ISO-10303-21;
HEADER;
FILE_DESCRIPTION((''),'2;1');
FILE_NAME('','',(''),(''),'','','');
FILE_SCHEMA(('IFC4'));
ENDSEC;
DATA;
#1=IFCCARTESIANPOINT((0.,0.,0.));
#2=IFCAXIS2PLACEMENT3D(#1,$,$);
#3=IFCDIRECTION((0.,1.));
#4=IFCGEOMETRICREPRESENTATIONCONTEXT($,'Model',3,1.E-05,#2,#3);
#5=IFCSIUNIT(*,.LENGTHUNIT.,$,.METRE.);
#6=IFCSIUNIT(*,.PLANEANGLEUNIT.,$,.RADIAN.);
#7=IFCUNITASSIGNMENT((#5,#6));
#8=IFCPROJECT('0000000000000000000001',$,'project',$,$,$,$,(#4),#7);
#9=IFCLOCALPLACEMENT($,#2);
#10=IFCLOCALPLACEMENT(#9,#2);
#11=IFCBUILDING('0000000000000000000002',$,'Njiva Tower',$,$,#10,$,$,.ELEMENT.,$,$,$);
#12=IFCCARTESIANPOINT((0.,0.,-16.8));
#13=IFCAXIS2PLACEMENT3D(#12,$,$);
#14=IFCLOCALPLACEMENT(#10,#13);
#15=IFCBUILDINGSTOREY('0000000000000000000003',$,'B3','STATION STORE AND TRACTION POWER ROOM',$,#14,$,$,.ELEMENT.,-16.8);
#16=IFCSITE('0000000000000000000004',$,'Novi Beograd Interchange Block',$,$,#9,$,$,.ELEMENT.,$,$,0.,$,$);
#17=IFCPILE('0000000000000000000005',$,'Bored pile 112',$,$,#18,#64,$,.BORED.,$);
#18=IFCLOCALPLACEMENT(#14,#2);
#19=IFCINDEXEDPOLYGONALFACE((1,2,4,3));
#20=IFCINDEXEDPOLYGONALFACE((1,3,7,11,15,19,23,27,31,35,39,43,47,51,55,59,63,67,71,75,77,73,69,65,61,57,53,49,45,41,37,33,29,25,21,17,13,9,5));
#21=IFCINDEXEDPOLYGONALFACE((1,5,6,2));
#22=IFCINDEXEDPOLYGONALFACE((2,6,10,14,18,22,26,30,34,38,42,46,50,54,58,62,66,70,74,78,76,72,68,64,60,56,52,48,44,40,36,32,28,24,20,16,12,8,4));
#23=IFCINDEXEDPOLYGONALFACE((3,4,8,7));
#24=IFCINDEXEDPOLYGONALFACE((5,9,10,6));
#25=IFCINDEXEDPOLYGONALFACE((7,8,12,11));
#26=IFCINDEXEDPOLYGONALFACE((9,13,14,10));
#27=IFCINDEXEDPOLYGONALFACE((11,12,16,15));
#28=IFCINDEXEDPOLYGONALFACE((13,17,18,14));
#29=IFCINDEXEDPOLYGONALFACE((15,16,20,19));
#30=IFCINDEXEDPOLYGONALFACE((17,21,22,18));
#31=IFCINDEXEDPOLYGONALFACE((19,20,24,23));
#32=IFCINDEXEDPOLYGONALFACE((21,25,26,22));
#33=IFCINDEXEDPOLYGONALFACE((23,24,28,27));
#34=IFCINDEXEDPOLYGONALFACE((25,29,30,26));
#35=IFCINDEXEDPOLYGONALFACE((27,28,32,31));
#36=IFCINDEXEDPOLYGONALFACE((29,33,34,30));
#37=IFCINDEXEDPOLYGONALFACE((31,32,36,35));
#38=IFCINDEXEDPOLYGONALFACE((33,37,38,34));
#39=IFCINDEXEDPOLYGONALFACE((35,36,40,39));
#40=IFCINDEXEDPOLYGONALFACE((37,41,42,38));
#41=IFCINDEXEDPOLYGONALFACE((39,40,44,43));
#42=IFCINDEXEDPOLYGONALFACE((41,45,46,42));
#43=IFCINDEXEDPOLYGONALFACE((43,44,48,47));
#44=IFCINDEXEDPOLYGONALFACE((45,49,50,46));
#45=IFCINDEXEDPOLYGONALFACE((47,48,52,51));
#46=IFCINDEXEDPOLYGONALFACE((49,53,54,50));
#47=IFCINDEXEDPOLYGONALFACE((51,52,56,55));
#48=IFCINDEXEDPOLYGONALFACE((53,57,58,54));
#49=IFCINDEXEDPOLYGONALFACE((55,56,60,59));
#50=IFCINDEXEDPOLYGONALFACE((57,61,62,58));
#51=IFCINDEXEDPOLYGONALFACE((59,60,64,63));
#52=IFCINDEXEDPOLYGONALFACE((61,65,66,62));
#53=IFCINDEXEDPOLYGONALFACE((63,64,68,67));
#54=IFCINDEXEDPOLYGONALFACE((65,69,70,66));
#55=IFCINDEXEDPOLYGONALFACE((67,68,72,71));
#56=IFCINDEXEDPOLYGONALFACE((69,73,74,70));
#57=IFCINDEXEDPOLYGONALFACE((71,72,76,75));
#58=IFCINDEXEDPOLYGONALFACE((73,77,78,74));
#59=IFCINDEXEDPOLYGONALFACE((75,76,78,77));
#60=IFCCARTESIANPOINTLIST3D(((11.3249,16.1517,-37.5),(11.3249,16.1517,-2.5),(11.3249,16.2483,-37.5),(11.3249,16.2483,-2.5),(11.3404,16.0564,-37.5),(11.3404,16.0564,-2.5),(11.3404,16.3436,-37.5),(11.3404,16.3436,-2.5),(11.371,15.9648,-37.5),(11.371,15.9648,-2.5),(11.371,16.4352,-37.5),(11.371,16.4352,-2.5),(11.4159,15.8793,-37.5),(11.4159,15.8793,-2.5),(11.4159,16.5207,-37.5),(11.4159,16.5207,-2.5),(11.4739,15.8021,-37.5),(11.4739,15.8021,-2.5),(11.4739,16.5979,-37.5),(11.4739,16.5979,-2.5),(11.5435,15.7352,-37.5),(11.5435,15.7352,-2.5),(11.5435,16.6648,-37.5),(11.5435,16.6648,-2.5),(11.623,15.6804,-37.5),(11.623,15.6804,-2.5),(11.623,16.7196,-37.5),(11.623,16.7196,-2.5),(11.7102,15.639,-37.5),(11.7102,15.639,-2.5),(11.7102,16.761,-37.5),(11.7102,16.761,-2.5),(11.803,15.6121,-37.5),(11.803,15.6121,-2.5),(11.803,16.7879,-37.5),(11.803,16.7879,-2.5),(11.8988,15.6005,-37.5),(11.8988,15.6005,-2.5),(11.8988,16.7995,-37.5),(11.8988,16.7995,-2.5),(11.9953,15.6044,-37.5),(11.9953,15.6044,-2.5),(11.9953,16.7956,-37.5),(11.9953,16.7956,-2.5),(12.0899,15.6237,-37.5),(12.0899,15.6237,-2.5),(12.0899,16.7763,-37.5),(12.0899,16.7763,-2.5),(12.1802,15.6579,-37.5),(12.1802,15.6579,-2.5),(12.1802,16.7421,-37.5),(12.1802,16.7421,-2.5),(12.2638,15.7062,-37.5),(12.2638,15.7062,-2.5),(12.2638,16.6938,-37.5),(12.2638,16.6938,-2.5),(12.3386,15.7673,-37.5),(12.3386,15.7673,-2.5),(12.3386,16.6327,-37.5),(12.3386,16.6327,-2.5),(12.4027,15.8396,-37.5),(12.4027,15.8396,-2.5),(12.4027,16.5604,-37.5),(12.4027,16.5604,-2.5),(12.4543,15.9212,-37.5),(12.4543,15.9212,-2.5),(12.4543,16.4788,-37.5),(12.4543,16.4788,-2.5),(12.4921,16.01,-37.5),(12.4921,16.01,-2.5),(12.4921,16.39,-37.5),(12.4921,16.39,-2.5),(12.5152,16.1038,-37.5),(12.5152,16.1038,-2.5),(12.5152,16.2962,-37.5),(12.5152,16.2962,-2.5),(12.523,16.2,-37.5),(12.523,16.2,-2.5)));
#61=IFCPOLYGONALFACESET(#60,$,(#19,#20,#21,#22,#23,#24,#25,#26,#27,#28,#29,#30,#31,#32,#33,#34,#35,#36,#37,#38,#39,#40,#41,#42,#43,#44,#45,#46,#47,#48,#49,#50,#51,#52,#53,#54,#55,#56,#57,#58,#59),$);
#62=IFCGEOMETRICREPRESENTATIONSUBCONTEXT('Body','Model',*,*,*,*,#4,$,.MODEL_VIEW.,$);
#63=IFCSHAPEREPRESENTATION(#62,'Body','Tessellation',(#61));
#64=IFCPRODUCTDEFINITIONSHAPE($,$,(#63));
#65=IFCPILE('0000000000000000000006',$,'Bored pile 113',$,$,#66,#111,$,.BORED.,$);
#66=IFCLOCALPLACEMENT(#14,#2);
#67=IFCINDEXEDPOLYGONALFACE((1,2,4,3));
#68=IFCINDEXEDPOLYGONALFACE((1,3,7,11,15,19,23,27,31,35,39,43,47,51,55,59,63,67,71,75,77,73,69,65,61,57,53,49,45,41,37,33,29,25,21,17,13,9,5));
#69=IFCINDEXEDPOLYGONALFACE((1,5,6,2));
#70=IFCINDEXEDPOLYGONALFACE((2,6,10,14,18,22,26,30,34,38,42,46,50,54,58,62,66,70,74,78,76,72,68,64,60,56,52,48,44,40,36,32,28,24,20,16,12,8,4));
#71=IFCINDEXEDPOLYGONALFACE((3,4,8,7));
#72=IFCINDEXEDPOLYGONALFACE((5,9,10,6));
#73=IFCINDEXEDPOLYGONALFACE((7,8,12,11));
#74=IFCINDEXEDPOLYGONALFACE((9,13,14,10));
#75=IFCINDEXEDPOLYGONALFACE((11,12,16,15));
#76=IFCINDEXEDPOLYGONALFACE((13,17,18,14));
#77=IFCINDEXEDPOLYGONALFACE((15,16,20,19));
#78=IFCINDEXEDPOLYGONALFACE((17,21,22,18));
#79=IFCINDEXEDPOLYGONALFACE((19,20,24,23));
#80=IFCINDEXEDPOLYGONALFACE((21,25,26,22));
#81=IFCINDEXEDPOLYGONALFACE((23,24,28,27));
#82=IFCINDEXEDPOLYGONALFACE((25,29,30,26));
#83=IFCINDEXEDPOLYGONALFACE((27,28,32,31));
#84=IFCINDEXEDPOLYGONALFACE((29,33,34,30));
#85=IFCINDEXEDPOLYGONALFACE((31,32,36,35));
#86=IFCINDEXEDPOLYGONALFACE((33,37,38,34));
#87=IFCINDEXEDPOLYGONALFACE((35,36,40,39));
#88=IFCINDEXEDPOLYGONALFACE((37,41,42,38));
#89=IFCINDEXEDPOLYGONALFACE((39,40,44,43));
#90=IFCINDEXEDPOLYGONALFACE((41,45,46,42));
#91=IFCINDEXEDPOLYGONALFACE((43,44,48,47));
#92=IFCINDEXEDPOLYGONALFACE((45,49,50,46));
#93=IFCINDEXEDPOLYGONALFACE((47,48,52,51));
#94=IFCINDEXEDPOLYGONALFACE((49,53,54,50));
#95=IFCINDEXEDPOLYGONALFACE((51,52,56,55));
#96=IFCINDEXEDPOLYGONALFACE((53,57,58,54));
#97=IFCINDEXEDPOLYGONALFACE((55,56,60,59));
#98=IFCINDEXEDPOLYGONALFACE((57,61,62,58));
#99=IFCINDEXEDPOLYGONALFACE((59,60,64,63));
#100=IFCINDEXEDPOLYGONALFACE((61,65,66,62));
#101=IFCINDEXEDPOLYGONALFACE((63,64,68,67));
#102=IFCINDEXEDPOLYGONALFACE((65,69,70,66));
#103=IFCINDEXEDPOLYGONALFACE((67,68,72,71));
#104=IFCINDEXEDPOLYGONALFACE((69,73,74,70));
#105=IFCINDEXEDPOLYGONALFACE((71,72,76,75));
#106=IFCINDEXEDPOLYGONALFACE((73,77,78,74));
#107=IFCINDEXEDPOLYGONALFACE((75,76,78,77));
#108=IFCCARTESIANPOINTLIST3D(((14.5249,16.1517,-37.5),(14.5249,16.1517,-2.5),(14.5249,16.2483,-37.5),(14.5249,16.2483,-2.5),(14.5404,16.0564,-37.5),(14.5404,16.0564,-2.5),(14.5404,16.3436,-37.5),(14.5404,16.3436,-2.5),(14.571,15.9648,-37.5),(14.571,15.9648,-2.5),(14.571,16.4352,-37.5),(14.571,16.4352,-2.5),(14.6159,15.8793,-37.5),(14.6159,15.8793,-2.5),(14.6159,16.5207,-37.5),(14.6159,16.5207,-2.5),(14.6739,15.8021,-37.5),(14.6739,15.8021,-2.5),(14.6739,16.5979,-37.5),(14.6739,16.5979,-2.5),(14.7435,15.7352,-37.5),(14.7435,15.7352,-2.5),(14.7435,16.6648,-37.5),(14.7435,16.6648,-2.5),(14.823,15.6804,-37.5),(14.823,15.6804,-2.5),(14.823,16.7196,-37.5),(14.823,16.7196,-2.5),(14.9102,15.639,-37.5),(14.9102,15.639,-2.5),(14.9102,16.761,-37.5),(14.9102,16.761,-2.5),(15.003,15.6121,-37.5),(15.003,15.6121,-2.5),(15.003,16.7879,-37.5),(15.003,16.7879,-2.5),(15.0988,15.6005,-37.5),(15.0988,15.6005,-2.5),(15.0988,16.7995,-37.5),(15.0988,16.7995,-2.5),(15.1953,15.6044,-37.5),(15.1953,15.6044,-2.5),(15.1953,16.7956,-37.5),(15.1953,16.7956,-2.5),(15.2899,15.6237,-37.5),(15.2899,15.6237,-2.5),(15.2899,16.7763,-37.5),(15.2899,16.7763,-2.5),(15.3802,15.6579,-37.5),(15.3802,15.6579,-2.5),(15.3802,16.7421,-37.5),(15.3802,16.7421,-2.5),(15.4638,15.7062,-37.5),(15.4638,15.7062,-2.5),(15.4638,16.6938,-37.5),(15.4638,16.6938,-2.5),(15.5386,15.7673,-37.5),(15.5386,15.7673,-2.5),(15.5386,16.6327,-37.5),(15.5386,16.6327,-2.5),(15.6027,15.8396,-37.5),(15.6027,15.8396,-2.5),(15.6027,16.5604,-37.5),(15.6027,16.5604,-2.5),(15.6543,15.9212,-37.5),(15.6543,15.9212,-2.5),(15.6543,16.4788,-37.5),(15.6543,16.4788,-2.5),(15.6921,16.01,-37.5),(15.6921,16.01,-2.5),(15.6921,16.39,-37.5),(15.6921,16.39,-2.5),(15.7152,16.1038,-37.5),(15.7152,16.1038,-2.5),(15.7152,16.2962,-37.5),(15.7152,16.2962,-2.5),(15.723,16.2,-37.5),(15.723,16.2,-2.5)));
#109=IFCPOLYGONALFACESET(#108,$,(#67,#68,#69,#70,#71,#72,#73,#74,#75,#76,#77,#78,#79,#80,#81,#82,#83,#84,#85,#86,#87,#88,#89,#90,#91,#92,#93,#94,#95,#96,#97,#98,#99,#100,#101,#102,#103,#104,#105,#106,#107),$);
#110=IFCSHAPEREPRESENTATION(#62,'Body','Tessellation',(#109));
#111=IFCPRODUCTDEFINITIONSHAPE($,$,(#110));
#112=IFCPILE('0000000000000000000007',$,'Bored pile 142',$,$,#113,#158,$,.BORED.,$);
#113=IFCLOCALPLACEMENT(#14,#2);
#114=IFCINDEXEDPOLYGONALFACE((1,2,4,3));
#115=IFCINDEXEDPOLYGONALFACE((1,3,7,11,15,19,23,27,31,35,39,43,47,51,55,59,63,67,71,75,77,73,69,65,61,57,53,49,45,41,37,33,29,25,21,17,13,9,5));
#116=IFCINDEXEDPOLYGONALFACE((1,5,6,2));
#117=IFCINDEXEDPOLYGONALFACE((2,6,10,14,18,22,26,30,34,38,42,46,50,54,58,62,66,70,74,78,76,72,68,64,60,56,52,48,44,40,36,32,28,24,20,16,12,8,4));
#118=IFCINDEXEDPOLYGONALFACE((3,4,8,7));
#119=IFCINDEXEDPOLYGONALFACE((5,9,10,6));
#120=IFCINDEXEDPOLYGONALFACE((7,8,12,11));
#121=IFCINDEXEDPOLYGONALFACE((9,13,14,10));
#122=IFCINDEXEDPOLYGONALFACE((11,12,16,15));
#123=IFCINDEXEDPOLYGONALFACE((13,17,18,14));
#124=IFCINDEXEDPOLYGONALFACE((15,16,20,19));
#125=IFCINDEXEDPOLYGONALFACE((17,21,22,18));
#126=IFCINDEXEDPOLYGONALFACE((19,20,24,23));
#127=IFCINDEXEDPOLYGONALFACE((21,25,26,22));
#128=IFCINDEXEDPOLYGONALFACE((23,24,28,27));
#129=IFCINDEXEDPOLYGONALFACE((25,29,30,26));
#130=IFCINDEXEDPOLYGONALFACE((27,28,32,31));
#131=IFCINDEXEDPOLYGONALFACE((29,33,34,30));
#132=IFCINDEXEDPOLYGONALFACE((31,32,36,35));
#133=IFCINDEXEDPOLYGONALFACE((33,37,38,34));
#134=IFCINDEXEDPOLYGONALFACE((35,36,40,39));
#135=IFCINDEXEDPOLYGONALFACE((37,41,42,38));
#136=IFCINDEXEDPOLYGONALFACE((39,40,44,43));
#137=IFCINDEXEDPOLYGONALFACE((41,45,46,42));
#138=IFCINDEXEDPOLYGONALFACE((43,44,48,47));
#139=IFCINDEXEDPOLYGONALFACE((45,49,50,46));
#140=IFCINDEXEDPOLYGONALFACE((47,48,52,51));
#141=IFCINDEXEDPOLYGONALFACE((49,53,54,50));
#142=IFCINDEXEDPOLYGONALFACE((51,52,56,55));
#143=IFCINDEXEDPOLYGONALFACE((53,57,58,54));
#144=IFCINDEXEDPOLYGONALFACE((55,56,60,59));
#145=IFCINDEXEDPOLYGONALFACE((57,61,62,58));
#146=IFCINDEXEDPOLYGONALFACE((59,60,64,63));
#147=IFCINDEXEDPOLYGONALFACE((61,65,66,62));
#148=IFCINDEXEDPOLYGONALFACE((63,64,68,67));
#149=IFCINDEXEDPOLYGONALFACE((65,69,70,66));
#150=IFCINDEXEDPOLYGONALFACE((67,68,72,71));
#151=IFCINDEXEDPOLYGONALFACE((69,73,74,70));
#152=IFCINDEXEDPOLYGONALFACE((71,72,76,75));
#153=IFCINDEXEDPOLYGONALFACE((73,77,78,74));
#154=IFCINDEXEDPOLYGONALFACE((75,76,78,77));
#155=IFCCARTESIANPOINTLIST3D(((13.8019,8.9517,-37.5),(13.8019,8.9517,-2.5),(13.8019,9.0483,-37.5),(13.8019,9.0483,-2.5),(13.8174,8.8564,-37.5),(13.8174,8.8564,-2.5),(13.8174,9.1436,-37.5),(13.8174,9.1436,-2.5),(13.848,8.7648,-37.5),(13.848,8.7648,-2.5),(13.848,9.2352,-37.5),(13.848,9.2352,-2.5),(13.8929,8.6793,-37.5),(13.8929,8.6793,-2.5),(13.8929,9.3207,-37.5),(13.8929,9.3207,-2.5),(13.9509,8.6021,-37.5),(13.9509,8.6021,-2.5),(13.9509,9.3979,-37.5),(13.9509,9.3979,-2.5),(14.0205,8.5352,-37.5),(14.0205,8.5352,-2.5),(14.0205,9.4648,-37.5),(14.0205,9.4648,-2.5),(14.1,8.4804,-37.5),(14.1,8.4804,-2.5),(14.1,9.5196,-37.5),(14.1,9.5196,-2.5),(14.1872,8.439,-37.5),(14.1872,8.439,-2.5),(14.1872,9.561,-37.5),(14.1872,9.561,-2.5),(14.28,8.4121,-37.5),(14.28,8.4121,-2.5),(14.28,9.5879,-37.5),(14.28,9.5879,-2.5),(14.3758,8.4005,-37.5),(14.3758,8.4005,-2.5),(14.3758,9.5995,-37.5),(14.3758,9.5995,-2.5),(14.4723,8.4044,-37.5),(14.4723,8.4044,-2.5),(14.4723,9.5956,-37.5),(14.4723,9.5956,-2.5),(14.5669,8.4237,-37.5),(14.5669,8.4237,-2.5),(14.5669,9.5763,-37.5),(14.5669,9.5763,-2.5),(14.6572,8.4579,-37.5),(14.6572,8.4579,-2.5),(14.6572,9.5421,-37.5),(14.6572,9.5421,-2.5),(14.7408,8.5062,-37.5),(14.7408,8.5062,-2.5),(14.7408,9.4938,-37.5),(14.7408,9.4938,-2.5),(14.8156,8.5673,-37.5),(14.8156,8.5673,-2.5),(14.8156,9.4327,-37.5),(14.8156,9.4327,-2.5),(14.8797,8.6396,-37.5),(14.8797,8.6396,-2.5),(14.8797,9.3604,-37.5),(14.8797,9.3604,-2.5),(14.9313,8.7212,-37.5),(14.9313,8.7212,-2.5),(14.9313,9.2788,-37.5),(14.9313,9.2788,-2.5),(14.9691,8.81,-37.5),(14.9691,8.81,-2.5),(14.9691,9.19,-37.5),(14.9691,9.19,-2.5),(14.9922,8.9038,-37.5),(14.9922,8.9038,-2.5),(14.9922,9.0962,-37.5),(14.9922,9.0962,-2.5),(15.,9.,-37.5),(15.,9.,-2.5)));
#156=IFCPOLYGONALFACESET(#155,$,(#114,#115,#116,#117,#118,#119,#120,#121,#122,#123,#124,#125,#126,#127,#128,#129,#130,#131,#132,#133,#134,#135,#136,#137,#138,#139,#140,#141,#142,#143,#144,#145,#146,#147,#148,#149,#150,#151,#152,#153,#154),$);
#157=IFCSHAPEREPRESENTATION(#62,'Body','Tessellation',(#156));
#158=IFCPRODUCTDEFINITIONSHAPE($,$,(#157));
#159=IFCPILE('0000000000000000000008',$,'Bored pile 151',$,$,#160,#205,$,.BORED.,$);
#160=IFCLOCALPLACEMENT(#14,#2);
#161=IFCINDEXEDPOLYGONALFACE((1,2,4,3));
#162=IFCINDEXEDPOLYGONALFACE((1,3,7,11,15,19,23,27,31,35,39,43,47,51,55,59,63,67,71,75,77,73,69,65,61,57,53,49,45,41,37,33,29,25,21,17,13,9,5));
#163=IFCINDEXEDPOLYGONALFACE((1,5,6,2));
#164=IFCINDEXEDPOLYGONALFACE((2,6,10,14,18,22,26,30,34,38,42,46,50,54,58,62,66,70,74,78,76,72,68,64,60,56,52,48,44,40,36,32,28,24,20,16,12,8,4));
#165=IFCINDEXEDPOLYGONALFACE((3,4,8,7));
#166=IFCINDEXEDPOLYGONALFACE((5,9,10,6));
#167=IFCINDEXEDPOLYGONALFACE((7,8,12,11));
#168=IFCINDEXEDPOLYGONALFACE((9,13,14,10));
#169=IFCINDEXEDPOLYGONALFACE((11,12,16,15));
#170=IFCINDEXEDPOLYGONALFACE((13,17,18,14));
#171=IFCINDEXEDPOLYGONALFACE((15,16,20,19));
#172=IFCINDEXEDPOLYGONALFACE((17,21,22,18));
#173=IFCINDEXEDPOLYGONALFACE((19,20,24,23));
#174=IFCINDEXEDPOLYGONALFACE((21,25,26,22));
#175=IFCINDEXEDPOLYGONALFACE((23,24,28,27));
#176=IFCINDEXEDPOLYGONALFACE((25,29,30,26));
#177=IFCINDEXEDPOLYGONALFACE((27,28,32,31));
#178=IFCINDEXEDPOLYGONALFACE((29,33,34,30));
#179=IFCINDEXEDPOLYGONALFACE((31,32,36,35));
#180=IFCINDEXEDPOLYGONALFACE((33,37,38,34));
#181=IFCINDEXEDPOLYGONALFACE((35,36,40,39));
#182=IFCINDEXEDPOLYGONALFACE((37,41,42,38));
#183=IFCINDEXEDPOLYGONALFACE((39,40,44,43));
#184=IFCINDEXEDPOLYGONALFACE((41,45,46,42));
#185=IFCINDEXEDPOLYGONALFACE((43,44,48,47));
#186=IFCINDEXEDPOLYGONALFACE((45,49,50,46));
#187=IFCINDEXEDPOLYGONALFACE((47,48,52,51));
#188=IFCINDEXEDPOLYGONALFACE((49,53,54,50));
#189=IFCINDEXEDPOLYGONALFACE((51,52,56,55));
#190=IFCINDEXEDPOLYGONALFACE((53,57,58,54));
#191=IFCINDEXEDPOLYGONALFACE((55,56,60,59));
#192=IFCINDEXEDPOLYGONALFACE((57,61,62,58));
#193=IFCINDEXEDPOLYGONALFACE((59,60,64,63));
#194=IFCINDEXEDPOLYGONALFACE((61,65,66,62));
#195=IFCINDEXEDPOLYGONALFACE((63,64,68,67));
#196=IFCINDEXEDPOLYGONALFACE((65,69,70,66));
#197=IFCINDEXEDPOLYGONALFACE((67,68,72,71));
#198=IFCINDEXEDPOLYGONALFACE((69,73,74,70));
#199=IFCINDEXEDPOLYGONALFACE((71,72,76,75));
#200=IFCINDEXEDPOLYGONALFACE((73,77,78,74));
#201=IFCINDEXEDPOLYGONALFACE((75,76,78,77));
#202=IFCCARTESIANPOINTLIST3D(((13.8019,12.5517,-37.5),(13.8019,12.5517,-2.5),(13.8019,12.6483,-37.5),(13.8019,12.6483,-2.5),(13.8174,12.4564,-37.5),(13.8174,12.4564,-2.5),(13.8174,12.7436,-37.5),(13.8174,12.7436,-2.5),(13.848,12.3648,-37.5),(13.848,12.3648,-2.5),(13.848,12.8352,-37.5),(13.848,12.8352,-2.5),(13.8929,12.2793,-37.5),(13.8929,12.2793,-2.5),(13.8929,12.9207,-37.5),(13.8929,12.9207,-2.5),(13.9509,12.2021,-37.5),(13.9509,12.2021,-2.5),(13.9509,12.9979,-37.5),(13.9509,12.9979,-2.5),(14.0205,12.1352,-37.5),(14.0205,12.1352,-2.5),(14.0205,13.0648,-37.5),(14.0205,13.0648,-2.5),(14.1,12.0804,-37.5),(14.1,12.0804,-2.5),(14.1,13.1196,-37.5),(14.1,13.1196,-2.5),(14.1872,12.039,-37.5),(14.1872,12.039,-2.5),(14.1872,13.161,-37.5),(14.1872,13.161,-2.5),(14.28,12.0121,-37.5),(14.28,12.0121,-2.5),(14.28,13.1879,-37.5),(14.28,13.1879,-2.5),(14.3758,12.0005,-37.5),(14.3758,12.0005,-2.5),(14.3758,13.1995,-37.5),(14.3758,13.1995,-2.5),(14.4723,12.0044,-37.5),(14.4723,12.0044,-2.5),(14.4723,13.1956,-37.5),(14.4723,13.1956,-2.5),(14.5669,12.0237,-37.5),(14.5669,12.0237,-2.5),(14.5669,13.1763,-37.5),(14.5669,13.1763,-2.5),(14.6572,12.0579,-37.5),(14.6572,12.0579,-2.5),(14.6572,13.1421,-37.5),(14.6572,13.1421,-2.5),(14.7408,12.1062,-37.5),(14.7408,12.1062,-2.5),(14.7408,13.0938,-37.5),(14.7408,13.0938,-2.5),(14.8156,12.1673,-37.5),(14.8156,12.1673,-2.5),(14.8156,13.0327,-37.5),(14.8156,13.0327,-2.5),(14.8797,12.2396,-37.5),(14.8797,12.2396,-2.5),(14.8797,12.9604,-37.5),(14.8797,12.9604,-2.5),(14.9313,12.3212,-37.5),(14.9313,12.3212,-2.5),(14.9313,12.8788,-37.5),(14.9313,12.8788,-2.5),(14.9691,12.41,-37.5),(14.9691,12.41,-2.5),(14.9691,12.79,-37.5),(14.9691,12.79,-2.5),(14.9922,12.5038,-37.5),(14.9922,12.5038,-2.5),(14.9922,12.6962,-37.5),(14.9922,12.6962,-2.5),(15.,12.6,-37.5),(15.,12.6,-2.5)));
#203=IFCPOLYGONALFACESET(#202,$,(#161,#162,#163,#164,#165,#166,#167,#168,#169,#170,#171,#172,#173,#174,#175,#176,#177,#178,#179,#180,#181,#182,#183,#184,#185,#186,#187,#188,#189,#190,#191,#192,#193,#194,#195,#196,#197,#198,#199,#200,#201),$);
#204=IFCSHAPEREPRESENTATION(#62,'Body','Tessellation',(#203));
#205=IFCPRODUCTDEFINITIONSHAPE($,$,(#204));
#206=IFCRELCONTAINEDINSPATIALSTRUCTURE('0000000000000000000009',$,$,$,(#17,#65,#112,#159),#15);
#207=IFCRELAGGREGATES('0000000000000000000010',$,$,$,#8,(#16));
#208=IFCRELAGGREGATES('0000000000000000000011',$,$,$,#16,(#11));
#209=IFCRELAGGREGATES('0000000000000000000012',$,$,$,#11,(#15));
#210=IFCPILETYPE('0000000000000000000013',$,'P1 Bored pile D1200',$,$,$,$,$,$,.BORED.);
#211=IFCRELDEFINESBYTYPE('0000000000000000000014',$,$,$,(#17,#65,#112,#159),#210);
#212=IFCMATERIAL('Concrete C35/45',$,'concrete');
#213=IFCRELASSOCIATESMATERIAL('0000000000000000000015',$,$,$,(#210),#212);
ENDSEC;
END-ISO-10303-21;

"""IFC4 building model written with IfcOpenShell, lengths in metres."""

from ifc_helpers import new_model, si_unit, direction, frame, origin, origin_2d, place, context, subcontext, project, spatial, circle, extrude, material, material_profile, profile_set, type_object, element, save


model = new_model("IFC4")

# Units and contexts
model_context = context("Model", 3, precision=1e-05, world=origin(), true_north=direction((0.0, 1.0)))
body_context = subcontext(model_context, "Body", "Model", "MODEL_VIEW")
ifc_project = project(units=[si_unit("LENGTHUNIT", "METRE"), si_unit("PLANEANGLEUNIT", "RADIAN")], contexts=[model_context])

# Site, building, storey
site_placement = place(None, origin())
site = spatial("IfcSite", under=ifc_project, at=site_placement, Name="Novi Beograd Interchange Block", CompositionType="ELEMENT", RefElevation=0.0)
building_placement = place(site_placement, origin())
building = spatial("IfcBuilding", under=site, at=building_placement, Name="Njiva Tower", CompositionType="ELEMENT")
storey_placement = place(building_placement, frame((0.0, 0.0, -16.8)))
storey = spatial("IfcBuildingStorey", under=building, at=storey_placement, Name="B3", Description="STATION STORE AND TRACTION POWER ROOM", CompositionType="ELEMENT", Elevation=-16.8)

# Piles
ifc_material_1 = material(Name="Concrete C35/45", Category="concrete")
ifc_material_profile_1 = material_profile(ifc_material_1, circle(Radius=0.6, at=origin_2d()), Name="D1200")
ifc_profile_set_1 = profile_set([ifc_material_profile_1], Name="Concrete C35/45")
pile_type = type_object("IfcPileType", Name="P1 Bored pile D1200", PredefinedType="BORED", material=ifc_profile_set_1)
for number, where, z_axis, x_axis, name in (
    (1, (11.923, 16.2, -2.5), (0.0, 0.0, -1.0), (1.0, 0.0, 0.0), "Bored pile 112"),
    (2, (15.123, 16.2, -2.5), (0.0, 0.0, -1.0), (1.0, 0.0, 0.0), "Bored pile 113"),
    (3, (14.4, 9.0, -2.5), (0.0, 0.0, -1.0), (1.0, 0.0, 0.0), "Bored pile 142"),
    (4, (14.4, 12.6, -2.5), (0.0, 0.0, -1.0), (1.0, 0.0, 0.0), "Bored pile 151"),
):
    element("IfcPile", number, at=place(storey_placement, frame(where, z_axis=z_axis, x_axis=x_axis)), inside=storey, type_object=pile_type, Name=name, PredefinedType="BORED", context=body_context, shape_type="SweptSolid", body=[
        extrude(circle(Radius=0.6, at=origin_2d()), origin(), (0.0, 0.0, 1.0), 35.0),
    ])

save(model, "model.ifc")
